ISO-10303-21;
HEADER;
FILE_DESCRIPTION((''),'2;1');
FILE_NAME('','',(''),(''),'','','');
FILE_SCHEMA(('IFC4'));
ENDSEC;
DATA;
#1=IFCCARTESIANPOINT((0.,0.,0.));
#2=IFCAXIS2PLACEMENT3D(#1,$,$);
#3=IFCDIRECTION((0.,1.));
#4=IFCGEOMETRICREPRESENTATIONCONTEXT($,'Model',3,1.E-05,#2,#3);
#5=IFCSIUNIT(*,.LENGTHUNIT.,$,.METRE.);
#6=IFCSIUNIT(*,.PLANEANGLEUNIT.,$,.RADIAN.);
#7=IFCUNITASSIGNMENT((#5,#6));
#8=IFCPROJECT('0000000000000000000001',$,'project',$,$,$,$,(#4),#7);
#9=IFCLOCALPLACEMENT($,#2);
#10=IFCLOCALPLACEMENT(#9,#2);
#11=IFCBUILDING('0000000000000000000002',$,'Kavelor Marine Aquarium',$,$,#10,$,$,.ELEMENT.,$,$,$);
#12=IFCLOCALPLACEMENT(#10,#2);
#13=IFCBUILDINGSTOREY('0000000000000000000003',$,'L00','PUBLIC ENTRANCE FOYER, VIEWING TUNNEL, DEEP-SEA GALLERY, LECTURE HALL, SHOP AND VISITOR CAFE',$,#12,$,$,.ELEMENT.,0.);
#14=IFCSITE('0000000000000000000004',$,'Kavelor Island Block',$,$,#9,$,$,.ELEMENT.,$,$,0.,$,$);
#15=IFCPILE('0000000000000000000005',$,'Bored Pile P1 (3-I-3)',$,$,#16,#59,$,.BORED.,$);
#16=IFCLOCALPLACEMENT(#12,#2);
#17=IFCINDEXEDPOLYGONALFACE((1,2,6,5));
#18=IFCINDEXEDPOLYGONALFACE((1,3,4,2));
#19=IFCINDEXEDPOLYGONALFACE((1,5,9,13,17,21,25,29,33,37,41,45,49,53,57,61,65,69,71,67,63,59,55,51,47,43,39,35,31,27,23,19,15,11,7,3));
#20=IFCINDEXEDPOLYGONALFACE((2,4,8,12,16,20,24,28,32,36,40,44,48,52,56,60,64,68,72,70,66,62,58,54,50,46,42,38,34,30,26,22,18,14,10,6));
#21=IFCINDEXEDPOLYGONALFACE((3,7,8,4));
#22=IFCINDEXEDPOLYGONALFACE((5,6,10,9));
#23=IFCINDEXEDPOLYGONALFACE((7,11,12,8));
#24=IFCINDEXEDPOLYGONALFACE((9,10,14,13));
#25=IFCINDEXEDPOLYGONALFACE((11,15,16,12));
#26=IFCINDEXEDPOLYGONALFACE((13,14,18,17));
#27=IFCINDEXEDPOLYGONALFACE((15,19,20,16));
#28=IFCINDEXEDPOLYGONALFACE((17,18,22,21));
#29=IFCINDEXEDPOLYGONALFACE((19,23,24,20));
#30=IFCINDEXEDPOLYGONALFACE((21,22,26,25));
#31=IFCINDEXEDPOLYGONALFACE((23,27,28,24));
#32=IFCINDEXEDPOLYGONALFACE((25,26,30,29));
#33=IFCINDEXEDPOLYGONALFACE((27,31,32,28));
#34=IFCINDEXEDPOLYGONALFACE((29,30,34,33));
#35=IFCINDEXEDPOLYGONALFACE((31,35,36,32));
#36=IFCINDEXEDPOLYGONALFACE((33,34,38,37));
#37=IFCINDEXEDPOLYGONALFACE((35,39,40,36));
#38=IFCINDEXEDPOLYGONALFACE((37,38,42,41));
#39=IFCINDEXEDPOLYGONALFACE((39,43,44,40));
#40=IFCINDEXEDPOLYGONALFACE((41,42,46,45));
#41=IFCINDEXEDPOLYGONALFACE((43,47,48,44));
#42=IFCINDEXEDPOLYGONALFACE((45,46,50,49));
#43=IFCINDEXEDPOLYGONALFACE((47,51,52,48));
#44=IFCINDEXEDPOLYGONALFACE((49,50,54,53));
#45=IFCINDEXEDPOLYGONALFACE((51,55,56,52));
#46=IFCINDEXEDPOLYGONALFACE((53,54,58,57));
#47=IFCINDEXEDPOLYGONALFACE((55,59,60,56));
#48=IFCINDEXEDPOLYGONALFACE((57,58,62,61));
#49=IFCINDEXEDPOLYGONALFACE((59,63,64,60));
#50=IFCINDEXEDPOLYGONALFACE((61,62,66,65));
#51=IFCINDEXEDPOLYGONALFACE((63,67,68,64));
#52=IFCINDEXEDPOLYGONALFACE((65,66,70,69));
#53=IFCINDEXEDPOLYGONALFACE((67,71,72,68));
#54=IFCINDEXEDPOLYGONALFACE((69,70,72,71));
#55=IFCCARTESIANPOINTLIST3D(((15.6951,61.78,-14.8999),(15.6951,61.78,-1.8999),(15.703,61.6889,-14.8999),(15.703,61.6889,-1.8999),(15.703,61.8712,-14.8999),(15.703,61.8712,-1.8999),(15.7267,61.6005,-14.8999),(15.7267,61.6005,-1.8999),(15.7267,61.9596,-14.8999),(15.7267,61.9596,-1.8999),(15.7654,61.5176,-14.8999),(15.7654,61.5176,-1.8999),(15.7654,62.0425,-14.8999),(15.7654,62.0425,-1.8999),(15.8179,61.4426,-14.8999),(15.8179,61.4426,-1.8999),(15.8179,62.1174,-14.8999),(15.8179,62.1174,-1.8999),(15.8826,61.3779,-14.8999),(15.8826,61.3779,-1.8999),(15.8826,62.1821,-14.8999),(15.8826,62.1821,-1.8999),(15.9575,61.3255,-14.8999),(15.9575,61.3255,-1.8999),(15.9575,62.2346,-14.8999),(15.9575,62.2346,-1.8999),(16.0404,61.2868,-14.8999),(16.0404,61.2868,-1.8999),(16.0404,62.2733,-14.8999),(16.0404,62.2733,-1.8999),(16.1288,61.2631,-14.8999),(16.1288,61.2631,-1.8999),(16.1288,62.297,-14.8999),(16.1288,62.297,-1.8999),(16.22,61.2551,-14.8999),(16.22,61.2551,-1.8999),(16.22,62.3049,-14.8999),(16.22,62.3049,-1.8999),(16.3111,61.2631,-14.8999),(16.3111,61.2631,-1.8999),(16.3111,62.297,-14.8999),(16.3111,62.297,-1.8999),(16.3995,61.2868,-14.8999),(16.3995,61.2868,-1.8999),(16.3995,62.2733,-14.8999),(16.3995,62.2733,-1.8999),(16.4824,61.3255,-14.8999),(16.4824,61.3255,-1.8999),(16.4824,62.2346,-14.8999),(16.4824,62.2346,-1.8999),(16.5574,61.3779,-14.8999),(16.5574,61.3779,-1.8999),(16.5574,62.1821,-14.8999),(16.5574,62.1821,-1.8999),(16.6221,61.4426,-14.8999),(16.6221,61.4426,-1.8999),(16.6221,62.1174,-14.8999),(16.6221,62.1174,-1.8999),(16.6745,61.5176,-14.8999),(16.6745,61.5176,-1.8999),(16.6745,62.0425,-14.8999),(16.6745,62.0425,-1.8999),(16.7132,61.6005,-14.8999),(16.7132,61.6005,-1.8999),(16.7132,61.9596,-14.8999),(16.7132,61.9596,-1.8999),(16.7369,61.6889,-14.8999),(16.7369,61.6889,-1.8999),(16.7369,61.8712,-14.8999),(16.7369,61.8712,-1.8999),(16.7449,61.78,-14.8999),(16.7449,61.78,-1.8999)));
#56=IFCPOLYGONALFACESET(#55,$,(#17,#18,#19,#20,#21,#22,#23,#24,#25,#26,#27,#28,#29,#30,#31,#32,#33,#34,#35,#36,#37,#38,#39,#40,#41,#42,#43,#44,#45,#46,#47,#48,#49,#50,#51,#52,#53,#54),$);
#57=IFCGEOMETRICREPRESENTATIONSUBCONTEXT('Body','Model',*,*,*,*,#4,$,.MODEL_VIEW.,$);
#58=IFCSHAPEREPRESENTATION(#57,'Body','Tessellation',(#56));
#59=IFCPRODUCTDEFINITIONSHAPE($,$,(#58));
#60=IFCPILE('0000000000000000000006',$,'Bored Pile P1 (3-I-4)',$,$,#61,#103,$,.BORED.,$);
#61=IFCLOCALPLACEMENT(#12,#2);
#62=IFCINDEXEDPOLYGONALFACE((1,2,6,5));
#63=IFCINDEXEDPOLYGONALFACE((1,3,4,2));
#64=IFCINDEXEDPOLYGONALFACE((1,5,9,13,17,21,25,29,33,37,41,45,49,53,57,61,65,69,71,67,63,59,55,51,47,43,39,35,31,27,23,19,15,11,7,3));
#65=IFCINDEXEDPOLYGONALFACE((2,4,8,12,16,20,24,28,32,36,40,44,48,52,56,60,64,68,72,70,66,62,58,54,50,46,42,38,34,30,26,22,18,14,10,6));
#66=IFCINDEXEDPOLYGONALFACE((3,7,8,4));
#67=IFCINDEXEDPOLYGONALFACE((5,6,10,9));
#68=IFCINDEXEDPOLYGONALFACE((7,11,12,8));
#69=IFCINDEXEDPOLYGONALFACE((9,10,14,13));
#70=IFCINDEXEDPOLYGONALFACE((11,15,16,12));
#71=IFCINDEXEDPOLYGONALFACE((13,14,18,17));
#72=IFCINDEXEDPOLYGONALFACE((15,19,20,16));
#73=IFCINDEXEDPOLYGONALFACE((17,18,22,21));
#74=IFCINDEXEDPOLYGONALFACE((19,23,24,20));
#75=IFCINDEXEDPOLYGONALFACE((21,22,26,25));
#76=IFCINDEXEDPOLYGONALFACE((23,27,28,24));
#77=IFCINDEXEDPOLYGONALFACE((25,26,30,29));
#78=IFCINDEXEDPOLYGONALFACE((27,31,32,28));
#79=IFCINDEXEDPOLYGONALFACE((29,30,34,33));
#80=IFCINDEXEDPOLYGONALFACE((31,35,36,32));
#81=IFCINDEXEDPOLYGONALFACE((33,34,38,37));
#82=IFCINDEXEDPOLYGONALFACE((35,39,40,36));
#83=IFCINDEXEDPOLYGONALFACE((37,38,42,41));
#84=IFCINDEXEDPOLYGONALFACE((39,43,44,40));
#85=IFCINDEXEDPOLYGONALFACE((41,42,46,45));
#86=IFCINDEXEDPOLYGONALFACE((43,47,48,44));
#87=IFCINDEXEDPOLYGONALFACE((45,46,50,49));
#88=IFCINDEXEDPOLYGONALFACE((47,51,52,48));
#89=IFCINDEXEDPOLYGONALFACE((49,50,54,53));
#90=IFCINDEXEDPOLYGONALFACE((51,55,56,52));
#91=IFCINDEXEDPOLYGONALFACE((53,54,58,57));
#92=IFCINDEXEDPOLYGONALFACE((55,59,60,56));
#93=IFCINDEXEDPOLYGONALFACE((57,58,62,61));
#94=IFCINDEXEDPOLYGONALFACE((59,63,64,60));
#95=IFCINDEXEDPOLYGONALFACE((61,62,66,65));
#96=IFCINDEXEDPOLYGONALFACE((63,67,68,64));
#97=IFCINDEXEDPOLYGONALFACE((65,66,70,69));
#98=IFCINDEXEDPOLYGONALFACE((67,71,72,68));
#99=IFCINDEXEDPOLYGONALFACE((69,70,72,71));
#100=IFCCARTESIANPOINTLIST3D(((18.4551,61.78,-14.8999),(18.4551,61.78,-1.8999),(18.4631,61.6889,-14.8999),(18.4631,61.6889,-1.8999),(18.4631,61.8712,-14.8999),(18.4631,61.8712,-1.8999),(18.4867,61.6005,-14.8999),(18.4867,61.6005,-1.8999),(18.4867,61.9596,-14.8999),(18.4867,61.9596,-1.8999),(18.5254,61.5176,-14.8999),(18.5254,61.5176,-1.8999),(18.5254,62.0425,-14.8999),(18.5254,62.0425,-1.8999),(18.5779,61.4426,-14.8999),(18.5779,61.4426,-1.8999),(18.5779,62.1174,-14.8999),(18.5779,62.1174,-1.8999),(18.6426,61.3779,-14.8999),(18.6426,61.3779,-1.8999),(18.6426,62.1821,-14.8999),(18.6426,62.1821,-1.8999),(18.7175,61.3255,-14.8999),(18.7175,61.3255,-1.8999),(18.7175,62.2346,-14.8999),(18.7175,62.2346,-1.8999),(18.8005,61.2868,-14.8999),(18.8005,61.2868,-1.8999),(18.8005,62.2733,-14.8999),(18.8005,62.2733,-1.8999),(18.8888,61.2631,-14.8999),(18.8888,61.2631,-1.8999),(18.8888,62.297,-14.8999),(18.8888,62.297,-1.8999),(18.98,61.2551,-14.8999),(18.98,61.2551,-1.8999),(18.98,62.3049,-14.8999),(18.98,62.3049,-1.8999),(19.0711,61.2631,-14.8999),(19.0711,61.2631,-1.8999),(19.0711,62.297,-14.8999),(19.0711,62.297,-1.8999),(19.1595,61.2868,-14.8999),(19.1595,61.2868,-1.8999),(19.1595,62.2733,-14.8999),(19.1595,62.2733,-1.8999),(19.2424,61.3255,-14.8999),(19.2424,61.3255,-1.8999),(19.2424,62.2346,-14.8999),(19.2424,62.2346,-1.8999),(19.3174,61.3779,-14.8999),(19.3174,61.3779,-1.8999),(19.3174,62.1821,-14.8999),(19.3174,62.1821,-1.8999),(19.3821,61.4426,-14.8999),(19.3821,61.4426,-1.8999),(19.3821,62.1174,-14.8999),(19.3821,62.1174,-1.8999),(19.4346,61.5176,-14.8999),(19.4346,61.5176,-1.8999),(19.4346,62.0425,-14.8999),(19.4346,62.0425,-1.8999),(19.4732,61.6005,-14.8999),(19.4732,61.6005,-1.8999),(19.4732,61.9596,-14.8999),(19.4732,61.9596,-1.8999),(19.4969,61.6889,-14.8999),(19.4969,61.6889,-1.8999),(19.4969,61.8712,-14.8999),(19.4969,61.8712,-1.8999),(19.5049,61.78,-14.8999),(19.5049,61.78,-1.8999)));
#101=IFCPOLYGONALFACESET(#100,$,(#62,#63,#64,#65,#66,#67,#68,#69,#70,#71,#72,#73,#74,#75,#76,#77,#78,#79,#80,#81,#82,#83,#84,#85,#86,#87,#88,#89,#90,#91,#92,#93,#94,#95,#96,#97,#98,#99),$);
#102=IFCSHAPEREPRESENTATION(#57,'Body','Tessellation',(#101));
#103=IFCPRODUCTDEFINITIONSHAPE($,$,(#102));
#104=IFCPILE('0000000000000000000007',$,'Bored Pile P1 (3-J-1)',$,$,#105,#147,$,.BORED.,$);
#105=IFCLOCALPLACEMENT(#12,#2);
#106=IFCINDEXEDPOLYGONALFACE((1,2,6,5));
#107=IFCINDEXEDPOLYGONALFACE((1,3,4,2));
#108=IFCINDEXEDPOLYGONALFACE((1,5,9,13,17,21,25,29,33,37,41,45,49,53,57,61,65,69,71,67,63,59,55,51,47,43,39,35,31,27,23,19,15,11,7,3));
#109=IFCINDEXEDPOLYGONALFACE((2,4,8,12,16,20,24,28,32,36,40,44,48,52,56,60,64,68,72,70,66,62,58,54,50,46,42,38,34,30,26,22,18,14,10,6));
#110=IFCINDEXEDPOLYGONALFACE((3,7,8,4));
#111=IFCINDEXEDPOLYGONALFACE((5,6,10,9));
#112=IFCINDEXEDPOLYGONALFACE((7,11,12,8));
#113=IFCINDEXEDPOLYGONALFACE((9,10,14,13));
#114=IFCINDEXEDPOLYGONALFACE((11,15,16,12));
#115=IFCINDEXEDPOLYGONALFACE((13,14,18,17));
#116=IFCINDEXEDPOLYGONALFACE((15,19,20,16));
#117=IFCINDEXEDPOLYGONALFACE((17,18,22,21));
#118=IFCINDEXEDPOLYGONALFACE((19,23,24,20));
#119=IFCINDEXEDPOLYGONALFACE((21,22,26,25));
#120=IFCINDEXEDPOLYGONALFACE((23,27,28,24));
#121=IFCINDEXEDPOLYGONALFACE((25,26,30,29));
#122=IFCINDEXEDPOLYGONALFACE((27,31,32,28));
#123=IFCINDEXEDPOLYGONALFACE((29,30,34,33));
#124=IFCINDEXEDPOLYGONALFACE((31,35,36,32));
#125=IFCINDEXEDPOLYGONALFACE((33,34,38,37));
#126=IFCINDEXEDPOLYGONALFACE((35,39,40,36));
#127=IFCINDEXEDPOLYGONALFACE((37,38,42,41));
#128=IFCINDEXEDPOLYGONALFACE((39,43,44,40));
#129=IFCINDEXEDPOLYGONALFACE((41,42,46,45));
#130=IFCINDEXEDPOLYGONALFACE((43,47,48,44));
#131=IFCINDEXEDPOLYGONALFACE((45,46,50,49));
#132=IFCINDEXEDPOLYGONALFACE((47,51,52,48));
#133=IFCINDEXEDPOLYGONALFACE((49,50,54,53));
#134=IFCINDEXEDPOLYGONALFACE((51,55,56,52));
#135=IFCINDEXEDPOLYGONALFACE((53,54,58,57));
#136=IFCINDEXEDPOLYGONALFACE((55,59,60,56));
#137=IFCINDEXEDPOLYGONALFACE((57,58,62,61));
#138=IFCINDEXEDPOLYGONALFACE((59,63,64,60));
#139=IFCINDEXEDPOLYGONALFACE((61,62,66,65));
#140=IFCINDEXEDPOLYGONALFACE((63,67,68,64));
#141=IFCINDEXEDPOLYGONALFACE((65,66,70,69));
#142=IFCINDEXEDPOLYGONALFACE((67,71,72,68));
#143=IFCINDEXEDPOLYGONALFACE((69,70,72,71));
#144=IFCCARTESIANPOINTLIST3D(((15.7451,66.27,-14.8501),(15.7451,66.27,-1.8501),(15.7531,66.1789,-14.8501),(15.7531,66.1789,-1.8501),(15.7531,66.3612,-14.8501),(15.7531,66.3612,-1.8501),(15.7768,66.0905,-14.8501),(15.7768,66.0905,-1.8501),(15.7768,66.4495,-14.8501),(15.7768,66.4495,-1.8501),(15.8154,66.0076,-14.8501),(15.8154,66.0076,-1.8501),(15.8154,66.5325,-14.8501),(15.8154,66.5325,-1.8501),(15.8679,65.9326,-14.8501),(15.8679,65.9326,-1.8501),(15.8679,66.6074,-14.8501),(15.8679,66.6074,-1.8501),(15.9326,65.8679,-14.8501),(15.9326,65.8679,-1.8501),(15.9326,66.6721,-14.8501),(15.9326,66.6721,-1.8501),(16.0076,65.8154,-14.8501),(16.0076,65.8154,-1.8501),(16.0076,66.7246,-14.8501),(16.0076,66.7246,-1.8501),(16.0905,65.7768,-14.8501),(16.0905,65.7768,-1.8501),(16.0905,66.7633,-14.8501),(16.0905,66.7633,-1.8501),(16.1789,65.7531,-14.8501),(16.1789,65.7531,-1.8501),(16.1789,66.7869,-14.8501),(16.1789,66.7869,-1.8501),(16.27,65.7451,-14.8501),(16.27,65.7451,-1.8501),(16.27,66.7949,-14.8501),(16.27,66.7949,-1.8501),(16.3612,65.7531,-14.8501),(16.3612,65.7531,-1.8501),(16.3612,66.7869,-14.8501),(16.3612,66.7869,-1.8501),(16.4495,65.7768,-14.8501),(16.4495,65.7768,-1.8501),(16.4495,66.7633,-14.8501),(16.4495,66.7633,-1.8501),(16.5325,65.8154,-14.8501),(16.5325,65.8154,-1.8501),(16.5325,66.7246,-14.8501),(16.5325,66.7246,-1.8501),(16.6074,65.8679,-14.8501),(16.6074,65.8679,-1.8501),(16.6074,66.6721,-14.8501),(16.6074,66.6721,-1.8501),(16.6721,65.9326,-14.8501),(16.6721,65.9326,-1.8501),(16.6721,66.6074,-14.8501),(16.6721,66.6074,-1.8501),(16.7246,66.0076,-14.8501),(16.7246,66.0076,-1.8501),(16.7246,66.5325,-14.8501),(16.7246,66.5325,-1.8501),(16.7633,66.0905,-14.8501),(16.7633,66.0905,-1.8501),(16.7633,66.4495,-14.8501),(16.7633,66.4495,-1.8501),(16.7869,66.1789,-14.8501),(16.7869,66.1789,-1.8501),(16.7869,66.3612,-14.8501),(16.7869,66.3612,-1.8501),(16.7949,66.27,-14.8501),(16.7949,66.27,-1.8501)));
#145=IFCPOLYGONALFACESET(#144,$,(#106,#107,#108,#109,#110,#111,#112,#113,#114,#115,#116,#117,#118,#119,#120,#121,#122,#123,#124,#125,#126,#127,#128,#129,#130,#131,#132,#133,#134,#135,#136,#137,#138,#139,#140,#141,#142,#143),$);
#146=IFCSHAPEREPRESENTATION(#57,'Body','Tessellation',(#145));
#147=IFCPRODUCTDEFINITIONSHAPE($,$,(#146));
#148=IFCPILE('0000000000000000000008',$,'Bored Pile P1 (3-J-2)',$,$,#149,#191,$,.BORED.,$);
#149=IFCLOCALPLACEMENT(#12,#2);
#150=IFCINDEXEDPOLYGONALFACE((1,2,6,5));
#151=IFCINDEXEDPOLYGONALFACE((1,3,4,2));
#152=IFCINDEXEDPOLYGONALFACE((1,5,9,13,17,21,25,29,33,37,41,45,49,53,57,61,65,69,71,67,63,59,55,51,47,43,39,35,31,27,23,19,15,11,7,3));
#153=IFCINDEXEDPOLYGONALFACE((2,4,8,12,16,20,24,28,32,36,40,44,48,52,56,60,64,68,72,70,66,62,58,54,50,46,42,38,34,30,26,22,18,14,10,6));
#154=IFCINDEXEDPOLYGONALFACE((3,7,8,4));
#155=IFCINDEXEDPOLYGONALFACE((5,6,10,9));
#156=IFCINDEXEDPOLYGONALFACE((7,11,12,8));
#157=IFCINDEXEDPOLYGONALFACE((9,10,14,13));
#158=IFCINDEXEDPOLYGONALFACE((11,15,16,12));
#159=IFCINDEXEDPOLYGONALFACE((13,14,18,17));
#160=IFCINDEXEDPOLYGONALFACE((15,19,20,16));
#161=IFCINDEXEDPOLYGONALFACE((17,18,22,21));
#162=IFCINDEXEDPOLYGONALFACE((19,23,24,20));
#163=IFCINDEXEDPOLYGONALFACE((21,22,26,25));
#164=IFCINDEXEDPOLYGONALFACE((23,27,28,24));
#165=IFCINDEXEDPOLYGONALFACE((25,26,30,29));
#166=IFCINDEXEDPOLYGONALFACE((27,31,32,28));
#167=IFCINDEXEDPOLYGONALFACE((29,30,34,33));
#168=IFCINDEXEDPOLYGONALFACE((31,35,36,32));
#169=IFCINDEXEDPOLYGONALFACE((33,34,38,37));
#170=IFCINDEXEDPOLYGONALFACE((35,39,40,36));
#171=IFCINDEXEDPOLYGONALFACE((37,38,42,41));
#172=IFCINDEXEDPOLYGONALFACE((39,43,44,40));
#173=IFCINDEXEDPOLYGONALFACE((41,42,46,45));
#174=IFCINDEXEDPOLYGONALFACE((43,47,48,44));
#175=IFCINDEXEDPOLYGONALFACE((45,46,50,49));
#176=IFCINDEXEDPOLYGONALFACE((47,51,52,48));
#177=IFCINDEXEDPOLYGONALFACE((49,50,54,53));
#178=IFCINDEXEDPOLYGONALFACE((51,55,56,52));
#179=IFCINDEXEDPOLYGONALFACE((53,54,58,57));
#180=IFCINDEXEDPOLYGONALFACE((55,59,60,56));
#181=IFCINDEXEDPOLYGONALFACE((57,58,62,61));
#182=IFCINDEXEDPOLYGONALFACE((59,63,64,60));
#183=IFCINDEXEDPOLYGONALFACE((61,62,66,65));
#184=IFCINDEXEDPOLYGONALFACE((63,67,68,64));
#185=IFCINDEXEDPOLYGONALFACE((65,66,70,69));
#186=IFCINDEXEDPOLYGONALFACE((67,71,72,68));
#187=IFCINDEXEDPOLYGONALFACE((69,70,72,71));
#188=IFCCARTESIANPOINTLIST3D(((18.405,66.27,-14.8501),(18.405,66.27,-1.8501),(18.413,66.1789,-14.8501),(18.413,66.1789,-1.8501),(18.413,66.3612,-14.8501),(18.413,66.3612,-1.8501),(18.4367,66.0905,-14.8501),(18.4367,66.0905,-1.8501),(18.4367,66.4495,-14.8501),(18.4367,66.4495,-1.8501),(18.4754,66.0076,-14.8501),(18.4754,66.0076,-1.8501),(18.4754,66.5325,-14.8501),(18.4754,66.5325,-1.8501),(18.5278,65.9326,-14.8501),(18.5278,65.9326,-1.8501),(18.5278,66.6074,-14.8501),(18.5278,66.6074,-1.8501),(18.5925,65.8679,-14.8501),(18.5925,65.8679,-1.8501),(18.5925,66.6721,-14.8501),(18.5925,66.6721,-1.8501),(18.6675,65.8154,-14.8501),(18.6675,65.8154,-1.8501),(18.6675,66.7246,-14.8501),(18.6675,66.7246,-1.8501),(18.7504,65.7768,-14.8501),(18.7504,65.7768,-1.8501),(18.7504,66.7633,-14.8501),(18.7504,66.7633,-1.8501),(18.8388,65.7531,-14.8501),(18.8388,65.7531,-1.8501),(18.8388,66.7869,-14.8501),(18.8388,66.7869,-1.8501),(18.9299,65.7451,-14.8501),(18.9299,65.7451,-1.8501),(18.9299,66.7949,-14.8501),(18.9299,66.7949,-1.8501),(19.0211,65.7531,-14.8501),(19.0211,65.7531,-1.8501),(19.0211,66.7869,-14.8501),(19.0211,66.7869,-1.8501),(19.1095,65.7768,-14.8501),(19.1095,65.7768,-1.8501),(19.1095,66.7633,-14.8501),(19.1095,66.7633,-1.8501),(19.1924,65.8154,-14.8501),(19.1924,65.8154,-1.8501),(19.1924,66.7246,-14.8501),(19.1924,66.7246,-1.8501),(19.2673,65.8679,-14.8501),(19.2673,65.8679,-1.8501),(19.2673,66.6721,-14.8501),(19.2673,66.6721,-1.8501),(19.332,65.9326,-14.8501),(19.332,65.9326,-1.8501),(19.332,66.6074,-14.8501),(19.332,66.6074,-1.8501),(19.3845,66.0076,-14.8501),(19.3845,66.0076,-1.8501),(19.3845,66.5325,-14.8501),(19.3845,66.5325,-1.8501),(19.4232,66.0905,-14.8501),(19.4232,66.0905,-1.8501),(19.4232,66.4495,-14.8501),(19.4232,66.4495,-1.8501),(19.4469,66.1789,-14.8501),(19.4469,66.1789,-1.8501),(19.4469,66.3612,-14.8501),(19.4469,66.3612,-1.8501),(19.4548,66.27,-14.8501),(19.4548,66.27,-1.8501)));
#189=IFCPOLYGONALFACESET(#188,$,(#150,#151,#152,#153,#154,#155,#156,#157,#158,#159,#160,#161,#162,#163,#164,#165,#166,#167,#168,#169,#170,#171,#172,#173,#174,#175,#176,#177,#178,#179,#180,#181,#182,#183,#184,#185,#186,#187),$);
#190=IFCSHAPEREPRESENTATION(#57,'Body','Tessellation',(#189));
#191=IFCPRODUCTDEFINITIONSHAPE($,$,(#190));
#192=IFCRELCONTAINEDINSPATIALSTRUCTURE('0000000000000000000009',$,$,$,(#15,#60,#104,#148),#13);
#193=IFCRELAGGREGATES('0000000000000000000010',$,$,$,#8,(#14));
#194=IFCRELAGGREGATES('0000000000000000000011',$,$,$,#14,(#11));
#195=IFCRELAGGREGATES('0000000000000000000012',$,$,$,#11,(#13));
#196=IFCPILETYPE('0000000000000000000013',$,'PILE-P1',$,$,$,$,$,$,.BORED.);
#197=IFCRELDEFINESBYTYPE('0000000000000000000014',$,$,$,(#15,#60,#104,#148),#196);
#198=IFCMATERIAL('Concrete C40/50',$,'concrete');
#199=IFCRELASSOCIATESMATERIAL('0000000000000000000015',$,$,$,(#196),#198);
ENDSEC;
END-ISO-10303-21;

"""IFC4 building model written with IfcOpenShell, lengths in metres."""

from ifc_helpers import new_model, si_unit, direction, frame, origin, origin_2d, place, context, subcontext, project, spatial, circle, extrude, material, material_profile, profile_set, type_object, element, save


model = new_model("IFC4")

# Units and contexts
model_context = context("Model", 3, precision=1e-05, world=origin(), true_north=direction((0.0, 1.0)))
body_context = subcontext(model_context, "Body", "Model", "MODEL_VIEW")
ifc_project = project(units=[si_unit("LENGTHUNIT", "METRE"), si_unit("PLANEANGLEUNIT", "RADIAN")], contexts=[model_context])

# Site, building, storey
site_placement = place(None, origin())
site = spatial("IfcSite", under=ifc_project, at=site_placement, Name="Kavelor Island Block", CompositionType="ELEMENT", RefElevation=0.0)
building_placement = place(site_placement, origin())
building = spatial("IfcBuilding", under=site, at=building_placement, Name="Kavelor Marine Aquarium", CompositionType="ELEMENT")
storey_placement = place(building_placement, origin())
storey = spatial("IfcBuildingStorey", under=building, at=storey_placement, Name="L00", Description="PUBLIC ENTRANCE FOYER, VIEWING TUNNEL, DEEP-SEA GALLERY, LECTURE HALL, SHOP AND VISITOR CAFE", CompositionType="ELEMENT", Elevation=0.0)

# Piles
ifc_material_1 = material(Name="Concrete C40/50", Category="concrete")
ifc_material_profile_1 = material_profile(ifc_material_1, circle(Radius=0.5249, at=origin_2d()), Name="PILE D1050")
ifc_profile_set_1 = profile_set([ifc_material_profile_1], Name="Concrete C40/50")
pile_type = type_object("IfcPileType", Name="PILE-P1", PredefinedType="BORED", material=ifc_profile_set_1)
for number, where, z_axis, x_axis, name in (
    (1, (16.22, 61.78, -1.8999), (0.0, 0.0, -1.0), (1.0, 0.0, 0.0), "Bored Pile P1 (3-I-3)"),
    (2, (18.98, 61.78, -1.8999), (0.0, 0.0, -1.0), (1.0, 0.0, 0.0), "Bored Pile P1 (3-I-4)"),
    (3, (16.27, 66.27, -1.8501), (0.0, 0.0, -1.0), (1.0, 0.0, 0.0), "Bored Pile P1 (3-J-1)"),
    (4, (18.9299, 66.27, -1.8501), (0.0, 0.0, -1.0), (1.0, 0.0, 0.0), "Bored Pile P1 (3-J-2)"),
):
    element("IfcPile", number, at=place(storey_placement, frame(where, z_axis=z_axis, x_axis=x_axis)), inside=storey, type_object=pile_type, Name=name, PredefinedType="BORED", context=body_context, shape_type="SweptSolid", body=[
        extrude(circle(Radius=0.5249, at=origin_2d()), origin(), (0.0, 0.0, 1.0), 13.0),
    ])

save(model, "model.ifc")
